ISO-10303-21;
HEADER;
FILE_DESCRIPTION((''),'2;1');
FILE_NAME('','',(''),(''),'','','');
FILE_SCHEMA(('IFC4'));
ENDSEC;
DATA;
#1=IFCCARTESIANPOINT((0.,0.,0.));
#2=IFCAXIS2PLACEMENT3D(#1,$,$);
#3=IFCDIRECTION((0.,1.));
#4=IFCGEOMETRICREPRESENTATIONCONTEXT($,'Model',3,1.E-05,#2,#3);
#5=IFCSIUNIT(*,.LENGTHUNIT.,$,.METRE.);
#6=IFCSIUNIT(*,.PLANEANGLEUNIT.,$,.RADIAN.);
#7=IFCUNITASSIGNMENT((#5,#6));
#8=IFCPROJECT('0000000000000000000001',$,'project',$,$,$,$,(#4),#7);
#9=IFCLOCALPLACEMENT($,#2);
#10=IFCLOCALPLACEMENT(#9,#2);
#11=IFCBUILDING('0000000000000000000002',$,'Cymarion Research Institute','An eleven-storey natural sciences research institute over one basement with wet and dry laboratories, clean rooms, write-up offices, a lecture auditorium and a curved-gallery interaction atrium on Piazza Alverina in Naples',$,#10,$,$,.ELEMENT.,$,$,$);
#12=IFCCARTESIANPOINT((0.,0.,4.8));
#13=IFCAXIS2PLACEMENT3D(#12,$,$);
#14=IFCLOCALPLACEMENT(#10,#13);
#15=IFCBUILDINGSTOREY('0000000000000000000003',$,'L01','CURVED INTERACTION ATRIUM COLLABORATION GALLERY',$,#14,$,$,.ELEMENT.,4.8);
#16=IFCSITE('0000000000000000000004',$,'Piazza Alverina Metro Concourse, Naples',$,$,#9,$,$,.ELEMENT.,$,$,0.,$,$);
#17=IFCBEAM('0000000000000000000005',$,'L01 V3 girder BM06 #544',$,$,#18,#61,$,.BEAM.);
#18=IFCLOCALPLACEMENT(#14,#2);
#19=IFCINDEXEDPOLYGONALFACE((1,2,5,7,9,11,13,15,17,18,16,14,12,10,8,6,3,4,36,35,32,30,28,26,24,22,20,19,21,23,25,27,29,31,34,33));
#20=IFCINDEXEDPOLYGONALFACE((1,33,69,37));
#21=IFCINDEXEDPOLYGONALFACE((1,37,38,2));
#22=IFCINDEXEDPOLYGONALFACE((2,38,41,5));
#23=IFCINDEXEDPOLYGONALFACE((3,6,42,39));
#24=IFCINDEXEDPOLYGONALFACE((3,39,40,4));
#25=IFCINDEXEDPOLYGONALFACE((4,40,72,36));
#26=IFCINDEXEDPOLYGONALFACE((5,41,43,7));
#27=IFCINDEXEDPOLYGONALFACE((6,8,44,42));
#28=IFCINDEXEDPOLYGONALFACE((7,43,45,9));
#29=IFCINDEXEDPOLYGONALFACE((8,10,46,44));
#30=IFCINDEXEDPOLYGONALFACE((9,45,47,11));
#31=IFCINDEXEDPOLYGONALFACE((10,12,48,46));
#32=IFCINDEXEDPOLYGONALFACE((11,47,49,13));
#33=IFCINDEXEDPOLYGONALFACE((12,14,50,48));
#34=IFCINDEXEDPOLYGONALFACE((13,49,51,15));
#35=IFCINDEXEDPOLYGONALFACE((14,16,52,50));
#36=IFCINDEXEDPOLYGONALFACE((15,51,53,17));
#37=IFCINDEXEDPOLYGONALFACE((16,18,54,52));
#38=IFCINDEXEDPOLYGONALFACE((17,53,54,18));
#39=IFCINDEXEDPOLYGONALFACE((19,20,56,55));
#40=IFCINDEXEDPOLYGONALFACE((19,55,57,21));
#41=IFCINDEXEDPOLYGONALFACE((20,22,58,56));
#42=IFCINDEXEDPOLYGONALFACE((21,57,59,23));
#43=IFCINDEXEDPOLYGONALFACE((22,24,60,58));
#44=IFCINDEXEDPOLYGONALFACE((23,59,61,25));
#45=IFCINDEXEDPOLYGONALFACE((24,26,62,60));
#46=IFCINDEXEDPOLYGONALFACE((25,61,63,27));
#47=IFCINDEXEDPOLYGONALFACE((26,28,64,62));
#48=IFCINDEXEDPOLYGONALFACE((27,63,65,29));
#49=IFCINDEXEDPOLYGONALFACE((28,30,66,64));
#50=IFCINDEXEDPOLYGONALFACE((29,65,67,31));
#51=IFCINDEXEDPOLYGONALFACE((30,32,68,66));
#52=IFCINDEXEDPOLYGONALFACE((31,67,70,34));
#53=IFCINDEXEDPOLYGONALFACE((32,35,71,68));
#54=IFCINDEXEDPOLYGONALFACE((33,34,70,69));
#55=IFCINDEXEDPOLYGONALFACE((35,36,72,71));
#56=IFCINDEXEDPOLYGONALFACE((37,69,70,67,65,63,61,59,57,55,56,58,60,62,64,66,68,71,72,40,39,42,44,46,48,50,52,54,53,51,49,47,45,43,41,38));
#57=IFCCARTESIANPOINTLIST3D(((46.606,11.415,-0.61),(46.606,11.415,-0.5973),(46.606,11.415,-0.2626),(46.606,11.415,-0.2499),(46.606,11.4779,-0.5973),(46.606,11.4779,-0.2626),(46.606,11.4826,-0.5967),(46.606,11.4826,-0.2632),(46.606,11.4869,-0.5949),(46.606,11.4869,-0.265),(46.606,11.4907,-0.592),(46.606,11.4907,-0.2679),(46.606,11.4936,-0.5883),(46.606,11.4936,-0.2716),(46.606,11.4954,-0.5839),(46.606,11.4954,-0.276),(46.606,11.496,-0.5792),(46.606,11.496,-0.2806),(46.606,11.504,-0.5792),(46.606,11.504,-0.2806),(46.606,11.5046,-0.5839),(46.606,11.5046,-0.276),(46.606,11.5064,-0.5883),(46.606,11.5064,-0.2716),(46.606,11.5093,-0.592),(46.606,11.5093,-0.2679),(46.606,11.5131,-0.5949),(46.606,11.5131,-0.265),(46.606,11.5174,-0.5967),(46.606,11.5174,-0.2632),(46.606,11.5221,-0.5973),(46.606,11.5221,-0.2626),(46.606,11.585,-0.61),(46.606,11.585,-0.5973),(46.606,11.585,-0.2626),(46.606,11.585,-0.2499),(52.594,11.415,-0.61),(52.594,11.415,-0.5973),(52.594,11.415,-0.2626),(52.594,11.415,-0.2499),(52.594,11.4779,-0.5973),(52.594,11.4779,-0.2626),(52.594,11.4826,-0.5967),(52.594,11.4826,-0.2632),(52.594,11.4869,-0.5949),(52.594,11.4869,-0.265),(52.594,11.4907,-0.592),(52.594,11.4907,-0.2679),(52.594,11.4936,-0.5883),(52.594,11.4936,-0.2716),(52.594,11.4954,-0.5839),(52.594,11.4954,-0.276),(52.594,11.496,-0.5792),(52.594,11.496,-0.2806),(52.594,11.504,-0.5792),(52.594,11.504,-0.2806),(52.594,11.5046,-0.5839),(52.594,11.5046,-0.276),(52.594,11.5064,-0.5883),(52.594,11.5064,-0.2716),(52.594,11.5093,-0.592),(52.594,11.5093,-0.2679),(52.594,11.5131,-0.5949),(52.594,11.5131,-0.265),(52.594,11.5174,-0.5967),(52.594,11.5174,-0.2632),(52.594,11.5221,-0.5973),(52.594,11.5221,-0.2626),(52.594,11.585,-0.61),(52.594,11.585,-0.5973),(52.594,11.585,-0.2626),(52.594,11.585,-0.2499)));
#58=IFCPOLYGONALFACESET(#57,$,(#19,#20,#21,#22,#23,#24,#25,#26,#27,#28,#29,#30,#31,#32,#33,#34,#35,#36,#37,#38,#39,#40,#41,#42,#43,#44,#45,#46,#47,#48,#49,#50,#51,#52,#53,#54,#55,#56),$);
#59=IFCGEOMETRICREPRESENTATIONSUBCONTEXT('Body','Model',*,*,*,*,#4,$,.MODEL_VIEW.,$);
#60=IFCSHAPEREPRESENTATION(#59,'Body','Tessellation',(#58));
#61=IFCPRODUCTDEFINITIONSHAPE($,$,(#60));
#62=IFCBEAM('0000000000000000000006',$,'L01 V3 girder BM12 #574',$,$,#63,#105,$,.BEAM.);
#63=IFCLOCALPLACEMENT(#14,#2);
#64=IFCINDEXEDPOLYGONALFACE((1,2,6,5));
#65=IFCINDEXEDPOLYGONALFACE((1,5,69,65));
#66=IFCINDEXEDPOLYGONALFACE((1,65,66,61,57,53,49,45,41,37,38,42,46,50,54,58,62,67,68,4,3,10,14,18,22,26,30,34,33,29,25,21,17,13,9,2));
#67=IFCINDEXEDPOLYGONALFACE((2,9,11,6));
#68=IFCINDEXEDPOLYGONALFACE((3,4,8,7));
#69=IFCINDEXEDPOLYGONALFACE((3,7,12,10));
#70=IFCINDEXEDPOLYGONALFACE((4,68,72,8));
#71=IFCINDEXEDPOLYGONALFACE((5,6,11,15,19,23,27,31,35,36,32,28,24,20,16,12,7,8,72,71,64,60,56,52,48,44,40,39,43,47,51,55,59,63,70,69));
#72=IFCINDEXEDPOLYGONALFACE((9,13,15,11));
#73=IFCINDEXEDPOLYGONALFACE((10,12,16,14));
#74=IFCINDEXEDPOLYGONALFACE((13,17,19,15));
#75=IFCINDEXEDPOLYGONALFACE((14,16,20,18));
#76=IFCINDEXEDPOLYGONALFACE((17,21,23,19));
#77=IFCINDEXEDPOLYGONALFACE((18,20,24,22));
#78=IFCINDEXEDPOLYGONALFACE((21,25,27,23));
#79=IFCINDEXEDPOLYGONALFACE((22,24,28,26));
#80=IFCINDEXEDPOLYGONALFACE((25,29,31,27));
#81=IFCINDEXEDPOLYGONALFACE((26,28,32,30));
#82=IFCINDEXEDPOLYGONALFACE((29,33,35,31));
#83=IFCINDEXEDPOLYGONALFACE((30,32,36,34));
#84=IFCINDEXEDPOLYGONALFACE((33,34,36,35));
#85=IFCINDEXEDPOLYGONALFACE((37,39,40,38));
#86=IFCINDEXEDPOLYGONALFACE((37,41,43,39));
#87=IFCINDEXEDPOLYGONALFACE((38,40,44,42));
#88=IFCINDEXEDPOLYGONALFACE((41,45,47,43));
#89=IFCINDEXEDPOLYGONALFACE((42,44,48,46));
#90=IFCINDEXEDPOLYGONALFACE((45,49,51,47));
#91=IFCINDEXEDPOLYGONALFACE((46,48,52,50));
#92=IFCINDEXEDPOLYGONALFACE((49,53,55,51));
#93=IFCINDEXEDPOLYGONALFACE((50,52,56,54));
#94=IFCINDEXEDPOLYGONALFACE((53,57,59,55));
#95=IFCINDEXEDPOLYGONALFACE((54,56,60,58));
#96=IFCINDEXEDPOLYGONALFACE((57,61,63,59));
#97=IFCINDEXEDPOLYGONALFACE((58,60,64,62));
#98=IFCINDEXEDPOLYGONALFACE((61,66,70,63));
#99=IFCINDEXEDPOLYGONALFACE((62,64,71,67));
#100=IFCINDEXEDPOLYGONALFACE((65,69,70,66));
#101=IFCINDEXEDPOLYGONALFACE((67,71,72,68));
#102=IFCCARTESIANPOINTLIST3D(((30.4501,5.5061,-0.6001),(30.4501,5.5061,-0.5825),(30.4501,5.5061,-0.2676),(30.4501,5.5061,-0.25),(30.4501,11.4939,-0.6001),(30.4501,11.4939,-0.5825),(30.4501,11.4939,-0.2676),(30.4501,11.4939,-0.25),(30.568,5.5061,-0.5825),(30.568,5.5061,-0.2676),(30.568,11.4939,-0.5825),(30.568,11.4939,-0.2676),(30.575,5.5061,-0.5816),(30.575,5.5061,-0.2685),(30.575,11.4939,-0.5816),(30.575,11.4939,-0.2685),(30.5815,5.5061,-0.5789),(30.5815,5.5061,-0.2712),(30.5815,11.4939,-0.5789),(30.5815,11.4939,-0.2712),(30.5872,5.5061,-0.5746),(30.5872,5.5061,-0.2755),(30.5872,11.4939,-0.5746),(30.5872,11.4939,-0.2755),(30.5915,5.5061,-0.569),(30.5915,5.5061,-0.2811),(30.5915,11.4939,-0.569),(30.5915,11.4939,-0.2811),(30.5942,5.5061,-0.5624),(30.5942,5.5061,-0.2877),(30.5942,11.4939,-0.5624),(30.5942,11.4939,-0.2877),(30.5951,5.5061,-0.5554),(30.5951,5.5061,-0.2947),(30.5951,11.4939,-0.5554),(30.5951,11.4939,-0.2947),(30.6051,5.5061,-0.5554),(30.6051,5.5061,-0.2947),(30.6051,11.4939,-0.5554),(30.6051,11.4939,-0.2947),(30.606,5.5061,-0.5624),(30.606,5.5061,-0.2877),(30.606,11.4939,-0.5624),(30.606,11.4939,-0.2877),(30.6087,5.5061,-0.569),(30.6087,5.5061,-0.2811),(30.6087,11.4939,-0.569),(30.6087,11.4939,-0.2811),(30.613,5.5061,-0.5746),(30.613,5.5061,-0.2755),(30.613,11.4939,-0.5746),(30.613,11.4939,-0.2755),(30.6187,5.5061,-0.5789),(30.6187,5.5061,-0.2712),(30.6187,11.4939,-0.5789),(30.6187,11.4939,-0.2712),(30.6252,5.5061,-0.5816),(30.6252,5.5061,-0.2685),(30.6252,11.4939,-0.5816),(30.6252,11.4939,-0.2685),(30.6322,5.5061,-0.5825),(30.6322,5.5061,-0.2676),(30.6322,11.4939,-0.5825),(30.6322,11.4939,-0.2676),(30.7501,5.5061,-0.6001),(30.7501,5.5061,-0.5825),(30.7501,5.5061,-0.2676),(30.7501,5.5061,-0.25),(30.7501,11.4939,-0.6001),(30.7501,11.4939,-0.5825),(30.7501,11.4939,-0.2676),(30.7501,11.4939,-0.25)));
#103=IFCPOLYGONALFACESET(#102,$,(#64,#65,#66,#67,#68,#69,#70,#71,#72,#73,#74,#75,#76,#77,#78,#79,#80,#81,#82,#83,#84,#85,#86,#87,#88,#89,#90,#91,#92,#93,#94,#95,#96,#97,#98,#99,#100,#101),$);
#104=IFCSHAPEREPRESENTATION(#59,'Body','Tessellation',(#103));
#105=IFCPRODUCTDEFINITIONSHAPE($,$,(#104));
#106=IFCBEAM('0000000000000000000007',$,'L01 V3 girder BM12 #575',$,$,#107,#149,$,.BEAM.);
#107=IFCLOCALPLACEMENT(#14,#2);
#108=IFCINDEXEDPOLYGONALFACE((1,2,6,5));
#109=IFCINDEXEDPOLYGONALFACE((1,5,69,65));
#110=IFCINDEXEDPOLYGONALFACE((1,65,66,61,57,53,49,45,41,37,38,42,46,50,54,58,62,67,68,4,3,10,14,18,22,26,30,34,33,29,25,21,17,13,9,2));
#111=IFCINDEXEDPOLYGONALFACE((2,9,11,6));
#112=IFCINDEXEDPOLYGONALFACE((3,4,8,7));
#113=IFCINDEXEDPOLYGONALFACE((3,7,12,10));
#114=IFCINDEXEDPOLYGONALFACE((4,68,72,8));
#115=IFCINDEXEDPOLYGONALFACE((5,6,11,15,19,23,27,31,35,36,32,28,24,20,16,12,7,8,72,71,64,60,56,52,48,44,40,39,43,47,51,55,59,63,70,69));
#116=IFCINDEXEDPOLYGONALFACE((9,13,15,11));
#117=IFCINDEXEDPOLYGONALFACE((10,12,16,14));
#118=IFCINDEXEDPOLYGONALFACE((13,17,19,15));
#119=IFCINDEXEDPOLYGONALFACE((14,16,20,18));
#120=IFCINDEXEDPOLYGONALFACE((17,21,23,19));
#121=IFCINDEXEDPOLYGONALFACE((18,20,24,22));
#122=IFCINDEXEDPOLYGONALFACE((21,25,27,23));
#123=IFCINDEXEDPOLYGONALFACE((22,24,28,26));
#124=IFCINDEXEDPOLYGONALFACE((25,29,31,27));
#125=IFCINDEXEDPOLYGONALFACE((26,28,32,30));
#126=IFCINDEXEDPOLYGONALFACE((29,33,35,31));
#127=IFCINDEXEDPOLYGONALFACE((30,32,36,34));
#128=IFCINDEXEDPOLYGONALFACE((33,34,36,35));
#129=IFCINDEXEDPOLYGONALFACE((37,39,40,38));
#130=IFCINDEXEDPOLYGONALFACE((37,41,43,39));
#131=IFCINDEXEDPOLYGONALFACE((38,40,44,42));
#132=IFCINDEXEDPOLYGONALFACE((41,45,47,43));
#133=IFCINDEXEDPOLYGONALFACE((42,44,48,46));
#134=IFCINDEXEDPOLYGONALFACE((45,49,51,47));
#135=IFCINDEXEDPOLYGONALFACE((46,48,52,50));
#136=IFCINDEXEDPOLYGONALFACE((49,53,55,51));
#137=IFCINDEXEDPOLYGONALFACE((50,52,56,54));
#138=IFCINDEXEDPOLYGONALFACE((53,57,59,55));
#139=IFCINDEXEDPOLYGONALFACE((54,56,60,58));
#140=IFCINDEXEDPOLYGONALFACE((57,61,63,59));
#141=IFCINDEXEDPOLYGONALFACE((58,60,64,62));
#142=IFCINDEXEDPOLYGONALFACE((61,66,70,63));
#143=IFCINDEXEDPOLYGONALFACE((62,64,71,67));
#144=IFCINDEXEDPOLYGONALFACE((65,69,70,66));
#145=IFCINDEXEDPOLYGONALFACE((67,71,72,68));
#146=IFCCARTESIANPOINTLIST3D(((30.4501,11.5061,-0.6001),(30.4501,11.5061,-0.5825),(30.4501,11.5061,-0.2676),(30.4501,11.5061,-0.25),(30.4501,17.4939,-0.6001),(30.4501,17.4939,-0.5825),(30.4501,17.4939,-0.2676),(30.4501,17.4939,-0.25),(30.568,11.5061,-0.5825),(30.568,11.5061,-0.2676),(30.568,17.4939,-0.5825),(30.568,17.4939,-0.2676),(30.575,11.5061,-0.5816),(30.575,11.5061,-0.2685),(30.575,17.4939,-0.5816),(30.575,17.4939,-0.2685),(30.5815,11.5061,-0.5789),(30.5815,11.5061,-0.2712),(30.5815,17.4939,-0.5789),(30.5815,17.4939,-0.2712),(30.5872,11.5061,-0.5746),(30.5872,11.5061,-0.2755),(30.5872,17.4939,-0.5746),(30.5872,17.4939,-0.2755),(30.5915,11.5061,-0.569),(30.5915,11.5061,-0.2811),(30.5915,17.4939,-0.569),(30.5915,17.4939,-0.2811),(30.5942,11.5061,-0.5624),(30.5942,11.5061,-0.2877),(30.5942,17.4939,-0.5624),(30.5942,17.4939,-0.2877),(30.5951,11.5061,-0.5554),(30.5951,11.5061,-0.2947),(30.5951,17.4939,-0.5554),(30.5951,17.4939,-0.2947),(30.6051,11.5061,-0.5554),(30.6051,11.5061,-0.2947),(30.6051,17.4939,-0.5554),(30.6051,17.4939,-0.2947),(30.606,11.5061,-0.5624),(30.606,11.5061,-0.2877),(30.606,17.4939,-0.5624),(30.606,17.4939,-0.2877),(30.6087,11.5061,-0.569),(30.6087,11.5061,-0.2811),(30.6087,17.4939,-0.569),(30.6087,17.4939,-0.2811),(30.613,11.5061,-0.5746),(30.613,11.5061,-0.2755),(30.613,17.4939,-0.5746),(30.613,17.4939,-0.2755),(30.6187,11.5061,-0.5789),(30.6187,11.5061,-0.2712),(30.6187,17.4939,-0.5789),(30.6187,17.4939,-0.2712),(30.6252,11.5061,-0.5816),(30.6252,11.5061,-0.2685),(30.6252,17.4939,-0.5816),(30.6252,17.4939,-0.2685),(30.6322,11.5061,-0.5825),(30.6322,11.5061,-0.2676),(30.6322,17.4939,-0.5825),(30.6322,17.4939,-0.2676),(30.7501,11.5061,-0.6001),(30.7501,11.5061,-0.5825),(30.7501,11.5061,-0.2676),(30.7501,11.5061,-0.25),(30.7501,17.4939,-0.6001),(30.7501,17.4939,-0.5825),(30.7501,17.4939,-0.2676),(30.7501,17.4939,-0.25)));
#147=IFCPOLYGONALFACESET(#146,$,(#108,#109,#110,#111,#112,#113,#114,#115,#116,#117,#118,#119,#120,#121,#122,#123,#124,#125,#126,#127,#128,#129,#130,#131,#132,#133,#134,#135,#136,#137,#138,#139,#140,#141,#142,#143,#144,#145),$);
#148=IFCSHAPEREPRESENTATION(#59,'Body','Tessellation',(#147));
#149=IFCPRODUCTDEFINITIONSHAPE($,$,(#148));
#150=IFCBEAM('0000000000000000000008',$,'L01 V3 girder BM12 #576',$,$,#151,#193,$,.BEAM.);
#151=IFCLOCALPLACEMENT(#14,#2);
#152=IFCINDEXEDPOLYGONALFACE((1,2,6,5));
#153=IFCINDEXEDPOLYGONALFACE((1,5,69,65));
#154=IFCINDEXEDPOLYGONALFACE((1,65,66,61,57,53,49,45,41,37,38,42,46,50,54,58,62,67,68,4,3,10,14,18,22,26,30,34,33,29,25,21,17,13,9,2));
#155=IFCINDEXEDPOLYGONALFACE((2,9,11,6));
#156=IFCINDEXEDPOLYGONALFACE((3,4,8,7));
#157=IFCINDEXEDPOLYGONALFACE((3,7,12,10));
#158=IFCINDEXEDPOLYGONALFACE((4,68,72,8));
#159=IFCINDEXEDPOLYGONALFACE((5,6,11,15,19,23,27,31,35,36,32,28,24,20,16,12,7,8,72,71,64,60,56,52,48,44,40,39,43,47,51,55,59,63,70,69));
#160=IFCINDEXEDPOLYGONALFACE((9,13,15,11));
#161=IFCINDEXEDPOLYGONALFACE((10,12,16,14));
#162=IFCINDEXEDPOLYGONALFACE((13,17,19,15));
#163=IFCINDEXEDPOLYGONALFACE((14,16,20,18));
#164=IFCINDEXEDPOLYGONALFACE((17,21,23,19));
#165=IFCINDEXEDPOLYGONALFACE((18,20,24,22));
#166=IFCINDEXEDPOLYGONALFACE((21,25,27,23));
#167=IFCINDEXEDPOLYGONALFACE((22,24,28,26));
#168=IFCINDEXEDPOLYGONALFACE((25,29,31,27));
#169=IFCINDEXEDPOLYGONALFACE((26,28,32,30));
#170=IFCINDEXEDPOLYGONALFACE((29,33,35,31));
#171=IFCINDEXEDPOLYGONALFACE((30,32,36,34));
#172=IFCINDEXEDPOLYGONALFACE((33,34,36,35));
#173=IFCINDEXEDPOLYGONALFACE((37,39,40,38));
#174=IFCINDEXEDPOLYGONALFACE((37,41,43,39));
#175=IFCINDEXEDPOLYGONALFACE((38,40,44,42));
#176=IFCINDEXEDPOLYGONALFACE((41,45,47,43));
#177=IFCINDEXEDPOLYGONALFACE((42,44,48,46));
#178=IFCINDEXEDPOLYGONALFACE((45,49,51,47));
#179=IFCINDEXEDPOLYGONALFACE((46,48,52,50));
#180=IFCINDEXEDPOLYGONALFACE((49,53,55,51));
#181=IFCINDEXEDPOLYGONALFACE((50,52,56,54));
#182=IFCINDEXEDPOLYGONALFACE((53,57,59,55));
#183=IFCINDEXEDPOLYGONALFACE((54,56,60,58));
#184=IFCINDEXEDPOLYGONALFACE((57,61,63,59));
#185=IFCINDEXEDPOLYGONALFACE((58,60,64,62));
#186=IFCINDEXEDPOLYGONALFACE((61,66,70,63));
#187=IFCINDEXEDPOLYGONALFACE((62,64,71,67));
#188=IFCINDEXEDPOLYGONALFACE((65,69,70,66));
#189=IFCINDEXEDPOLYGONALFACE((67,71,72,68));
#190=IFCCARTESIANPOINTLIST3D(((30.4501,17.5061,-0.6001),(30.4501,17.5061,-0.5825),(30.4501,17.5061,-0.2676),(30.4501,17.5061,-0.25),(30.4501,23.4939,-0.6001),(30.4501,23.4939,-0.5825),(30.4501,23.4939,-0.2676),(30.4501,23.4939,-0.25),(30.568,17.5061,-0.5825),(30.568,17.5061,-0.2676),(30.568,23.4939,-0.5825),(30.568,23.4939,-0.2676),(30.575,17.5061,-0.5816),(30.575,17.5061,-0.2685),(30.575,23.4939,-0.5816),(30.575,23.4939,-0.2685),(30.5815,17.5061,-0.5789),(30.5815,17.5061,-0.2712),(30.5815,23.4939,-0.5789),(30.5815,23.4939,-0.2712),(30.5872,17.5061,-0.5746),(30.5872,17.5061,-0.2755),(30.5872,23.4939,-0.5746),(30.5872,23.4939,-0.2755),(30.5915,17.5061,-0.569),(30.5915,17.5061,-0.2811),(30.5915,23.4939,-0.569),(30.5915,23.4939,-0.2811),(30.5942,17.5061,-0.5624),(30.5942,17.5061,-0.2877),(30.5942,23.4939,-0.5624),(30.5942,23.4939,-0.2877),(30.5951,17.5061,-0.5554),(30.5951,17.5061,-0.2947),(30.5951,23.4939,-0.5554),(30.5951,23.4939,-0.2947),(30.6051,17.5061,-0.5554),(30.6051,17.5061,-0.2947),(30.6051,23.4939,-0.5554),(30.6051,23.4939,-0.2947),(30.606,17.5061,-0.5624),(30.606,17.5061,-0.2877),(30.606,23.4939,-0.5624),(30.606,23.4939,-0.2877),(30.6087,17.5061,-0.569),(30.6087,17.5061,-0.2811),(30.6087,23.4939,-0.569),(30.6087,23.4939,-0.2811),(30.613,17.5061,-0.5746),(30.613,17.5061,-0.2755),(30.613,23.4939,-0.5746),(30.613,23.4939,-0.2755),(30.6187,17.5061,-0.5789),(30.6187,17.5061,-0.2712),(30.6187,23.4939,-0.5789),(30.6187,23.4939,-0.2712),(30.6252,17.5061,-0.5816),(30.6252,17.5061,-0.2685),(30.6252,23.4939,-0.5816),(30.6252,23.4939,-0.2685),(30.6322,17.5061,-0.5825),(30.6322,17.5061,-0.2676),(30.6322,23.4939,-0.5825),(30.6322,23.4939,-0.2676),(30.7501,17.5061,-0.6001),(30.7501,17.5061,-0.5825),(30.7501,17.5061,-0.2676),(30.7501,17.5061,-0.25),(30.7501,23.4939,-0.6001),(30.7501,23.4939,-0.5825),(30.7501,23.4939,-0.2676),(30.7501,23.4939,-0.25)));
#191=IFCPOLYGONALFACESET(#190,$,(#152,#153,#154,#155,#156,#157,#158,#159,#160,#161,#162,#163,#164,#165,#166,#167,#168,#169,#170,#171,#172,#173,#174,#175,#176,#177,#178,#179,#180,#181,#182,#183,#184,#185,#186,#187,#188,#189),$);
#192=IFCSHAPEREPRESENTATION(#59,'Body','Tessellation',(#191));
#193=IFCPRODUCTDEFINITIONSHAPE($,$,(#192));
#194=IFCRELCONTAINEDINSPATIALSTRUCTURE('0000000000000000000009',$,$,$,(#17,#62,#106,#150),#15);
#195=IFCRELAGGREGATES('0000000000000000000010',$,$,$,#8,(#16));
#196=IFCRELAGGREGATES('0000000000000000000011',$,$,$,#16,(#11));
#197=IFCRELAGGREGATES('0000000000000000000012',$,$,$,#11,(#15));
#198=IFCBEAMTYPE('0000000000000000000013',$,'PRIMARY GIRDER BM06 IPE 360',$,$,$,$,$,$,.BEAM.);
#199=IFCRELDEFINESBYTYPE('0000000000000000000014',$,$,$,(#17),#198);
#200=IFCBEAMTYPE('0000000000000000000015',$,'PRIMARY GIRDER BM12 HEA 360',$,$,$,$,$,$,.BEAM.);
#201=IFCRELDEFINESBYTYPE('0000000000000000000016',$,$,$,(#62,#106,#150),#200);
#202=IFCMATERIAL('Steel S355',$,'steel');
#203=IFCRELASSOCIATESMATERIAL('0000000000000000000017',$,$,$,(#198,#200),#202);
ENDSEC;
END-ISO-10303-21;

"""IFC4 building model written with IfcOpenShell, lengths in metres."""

from ifc_helpers import new_model, si_unit, direction, frame, origin, origin_2d, place, context, subcontext, project, spatial, i_section, extrude, material, material_profile, profile_set, type_object, element, save


model = new_model("IFC4")

# Units and contexts
model_context = context("Model", 3, precision=1e-05, world=origin(), true_north=direction((0.0, 1.0)))
body_context = subcontext(model_context, "Body", "Model", "MODEL_VIEW")
ifc_project = project(units=[si_unit("LENGTHUNIT", "METRE"), si_unit("PLANEANGLEUNIT", "RADIAN")], contexts=[model_context])

# Site, building, storey
site_placement = place(None, origin())
site = spatial("IfcSite", under=ifc_project, at=site_placement, Name="Piazza Alverina Metro Concourse, Naples", CompositionType="ELEMENT", RefElevation=0.0)
building_placement = place(site_placement, origin())
building = spatial("IfcBuilding", under=site, at=building_placement, Name="Cymarion Research Institute", Description="An eleven-storey natural sciences research institute over one basement with wet and dry laboratories, clean rooms, write-up offices, a lecture auditorium and a curved-gallery interaction atrium on Piazza Alverina in Naples", CompositionType="ELEMENT")
storey_placement = place(building_placement, frame((0.0, 0.0, 4.8)))
storey = spatial("IfcBuildingStorey", under=building, at=storey_placement, Name="L01", Description="CURVED INTERACTION ATRIUM COLLABORATION GALLERY", CompositionType="ELEMENT", Elevation=4.8)

# Shared definitions
ifc_material_1 = material(Name="Steel S355", Category="steel")

# Beams
ifc_material_profile_1 = material_profile(ifc_material_1, i_section(OverallWidth=0.1699, OverallDepth=0.3601, WebThickness=0.0081, FlangeThickness=0.0127, FilletRadius=0.0181, at=origin_2d()), Name="IPE 360")
ifc_profile_set_1 = profile_set([ifc_material_profile_1], Name="Steel S355")
beam_type_1 = type_object("IfcBeamType", Name="PRIMARY GIRDER BM06 IPE 360", PredefinedType="BEAM", material=ifc_profile_set_1)
beam_1_placement = place(storey_placement, frame((46.606, 11.5, -0.4299), z_axis=(1.0, 0.0, 0.0), x_axis=(0.0, 1.0, 0.0)))
element("IfcBeam", 1, at=beam_1_placement, inside=storey, type_object=beam_type_1, Name="L01 V3 girder BM06 #544", PredefinedType="BEAM", context=body_context, shape_type="SweptSolid", body=[
    extrude(i_section(OverallWidth=0.1699, OverallDepth=0.3601, WebThickness=0.0081, FlangeThickness=0.0127, FilletRadius=0.0181, at=origin_2d()), origin(), (0.0, 0.0, 1.0), 5.988),
])
ifc_material_profile_2 = material_profile(ifc_material_1, i_section(OverallWidth=0.3, OverallDepth=0.3501, WebThickness=0.01, FlangeThickness=0.0176, FilletRadius=0.0271, at=origin_2d()), Name="HEA 360")
ifc_profile_set_2 = profile_set([ifc_material_profile_2], Name="Steel S355")
beam_type_2 = type_object("IfcBeamType", Name="PRIMARY GIRDER BM12 HEA 360", PredefinedType="BEAM", material=ifc_profile_set_2)
for number, where, z_axis, x_axis, name in (
    (2, (30.6001, 5.5061, -0.425), (0.0, 1.0, 0.0), (-1.0, 0.0, 0.0), "L01 V3 girder BM12 #574"),
    (3, (30.6001, 11.5061, -0.425), (0.0, 1.0, 0.0), (-1.0, 0.0, 0.0), "L01 V3 girder BM12 #575"),
    (4, (30.6001, 17.5061, -0.425), (0.0, 1.0, 0.0), (-1.0, 0.0, 0.0), "L01 V3 girder BM12 #576"),
):
    element("IfcBeam", number, at=place(storey_placement, frame(where, z_axis=z_axis, x_axis=x_axis)), inside=storey, type_object=beam_type_2, Name=name, PredefinedType="BEAM", context=body_context, shape_type="SweptSolid", body=[
        extrude(i_section(OverallWidth=0.3, OverallDepth=0.3501, WebThickness=0.01, FlangeThickness=0.0176, FilletRadius=0.0271, at=origin_2d()), origin(), (0.0, 0.0, 1.0), 5.9878),
    ])

save(model, "model.ifc")
